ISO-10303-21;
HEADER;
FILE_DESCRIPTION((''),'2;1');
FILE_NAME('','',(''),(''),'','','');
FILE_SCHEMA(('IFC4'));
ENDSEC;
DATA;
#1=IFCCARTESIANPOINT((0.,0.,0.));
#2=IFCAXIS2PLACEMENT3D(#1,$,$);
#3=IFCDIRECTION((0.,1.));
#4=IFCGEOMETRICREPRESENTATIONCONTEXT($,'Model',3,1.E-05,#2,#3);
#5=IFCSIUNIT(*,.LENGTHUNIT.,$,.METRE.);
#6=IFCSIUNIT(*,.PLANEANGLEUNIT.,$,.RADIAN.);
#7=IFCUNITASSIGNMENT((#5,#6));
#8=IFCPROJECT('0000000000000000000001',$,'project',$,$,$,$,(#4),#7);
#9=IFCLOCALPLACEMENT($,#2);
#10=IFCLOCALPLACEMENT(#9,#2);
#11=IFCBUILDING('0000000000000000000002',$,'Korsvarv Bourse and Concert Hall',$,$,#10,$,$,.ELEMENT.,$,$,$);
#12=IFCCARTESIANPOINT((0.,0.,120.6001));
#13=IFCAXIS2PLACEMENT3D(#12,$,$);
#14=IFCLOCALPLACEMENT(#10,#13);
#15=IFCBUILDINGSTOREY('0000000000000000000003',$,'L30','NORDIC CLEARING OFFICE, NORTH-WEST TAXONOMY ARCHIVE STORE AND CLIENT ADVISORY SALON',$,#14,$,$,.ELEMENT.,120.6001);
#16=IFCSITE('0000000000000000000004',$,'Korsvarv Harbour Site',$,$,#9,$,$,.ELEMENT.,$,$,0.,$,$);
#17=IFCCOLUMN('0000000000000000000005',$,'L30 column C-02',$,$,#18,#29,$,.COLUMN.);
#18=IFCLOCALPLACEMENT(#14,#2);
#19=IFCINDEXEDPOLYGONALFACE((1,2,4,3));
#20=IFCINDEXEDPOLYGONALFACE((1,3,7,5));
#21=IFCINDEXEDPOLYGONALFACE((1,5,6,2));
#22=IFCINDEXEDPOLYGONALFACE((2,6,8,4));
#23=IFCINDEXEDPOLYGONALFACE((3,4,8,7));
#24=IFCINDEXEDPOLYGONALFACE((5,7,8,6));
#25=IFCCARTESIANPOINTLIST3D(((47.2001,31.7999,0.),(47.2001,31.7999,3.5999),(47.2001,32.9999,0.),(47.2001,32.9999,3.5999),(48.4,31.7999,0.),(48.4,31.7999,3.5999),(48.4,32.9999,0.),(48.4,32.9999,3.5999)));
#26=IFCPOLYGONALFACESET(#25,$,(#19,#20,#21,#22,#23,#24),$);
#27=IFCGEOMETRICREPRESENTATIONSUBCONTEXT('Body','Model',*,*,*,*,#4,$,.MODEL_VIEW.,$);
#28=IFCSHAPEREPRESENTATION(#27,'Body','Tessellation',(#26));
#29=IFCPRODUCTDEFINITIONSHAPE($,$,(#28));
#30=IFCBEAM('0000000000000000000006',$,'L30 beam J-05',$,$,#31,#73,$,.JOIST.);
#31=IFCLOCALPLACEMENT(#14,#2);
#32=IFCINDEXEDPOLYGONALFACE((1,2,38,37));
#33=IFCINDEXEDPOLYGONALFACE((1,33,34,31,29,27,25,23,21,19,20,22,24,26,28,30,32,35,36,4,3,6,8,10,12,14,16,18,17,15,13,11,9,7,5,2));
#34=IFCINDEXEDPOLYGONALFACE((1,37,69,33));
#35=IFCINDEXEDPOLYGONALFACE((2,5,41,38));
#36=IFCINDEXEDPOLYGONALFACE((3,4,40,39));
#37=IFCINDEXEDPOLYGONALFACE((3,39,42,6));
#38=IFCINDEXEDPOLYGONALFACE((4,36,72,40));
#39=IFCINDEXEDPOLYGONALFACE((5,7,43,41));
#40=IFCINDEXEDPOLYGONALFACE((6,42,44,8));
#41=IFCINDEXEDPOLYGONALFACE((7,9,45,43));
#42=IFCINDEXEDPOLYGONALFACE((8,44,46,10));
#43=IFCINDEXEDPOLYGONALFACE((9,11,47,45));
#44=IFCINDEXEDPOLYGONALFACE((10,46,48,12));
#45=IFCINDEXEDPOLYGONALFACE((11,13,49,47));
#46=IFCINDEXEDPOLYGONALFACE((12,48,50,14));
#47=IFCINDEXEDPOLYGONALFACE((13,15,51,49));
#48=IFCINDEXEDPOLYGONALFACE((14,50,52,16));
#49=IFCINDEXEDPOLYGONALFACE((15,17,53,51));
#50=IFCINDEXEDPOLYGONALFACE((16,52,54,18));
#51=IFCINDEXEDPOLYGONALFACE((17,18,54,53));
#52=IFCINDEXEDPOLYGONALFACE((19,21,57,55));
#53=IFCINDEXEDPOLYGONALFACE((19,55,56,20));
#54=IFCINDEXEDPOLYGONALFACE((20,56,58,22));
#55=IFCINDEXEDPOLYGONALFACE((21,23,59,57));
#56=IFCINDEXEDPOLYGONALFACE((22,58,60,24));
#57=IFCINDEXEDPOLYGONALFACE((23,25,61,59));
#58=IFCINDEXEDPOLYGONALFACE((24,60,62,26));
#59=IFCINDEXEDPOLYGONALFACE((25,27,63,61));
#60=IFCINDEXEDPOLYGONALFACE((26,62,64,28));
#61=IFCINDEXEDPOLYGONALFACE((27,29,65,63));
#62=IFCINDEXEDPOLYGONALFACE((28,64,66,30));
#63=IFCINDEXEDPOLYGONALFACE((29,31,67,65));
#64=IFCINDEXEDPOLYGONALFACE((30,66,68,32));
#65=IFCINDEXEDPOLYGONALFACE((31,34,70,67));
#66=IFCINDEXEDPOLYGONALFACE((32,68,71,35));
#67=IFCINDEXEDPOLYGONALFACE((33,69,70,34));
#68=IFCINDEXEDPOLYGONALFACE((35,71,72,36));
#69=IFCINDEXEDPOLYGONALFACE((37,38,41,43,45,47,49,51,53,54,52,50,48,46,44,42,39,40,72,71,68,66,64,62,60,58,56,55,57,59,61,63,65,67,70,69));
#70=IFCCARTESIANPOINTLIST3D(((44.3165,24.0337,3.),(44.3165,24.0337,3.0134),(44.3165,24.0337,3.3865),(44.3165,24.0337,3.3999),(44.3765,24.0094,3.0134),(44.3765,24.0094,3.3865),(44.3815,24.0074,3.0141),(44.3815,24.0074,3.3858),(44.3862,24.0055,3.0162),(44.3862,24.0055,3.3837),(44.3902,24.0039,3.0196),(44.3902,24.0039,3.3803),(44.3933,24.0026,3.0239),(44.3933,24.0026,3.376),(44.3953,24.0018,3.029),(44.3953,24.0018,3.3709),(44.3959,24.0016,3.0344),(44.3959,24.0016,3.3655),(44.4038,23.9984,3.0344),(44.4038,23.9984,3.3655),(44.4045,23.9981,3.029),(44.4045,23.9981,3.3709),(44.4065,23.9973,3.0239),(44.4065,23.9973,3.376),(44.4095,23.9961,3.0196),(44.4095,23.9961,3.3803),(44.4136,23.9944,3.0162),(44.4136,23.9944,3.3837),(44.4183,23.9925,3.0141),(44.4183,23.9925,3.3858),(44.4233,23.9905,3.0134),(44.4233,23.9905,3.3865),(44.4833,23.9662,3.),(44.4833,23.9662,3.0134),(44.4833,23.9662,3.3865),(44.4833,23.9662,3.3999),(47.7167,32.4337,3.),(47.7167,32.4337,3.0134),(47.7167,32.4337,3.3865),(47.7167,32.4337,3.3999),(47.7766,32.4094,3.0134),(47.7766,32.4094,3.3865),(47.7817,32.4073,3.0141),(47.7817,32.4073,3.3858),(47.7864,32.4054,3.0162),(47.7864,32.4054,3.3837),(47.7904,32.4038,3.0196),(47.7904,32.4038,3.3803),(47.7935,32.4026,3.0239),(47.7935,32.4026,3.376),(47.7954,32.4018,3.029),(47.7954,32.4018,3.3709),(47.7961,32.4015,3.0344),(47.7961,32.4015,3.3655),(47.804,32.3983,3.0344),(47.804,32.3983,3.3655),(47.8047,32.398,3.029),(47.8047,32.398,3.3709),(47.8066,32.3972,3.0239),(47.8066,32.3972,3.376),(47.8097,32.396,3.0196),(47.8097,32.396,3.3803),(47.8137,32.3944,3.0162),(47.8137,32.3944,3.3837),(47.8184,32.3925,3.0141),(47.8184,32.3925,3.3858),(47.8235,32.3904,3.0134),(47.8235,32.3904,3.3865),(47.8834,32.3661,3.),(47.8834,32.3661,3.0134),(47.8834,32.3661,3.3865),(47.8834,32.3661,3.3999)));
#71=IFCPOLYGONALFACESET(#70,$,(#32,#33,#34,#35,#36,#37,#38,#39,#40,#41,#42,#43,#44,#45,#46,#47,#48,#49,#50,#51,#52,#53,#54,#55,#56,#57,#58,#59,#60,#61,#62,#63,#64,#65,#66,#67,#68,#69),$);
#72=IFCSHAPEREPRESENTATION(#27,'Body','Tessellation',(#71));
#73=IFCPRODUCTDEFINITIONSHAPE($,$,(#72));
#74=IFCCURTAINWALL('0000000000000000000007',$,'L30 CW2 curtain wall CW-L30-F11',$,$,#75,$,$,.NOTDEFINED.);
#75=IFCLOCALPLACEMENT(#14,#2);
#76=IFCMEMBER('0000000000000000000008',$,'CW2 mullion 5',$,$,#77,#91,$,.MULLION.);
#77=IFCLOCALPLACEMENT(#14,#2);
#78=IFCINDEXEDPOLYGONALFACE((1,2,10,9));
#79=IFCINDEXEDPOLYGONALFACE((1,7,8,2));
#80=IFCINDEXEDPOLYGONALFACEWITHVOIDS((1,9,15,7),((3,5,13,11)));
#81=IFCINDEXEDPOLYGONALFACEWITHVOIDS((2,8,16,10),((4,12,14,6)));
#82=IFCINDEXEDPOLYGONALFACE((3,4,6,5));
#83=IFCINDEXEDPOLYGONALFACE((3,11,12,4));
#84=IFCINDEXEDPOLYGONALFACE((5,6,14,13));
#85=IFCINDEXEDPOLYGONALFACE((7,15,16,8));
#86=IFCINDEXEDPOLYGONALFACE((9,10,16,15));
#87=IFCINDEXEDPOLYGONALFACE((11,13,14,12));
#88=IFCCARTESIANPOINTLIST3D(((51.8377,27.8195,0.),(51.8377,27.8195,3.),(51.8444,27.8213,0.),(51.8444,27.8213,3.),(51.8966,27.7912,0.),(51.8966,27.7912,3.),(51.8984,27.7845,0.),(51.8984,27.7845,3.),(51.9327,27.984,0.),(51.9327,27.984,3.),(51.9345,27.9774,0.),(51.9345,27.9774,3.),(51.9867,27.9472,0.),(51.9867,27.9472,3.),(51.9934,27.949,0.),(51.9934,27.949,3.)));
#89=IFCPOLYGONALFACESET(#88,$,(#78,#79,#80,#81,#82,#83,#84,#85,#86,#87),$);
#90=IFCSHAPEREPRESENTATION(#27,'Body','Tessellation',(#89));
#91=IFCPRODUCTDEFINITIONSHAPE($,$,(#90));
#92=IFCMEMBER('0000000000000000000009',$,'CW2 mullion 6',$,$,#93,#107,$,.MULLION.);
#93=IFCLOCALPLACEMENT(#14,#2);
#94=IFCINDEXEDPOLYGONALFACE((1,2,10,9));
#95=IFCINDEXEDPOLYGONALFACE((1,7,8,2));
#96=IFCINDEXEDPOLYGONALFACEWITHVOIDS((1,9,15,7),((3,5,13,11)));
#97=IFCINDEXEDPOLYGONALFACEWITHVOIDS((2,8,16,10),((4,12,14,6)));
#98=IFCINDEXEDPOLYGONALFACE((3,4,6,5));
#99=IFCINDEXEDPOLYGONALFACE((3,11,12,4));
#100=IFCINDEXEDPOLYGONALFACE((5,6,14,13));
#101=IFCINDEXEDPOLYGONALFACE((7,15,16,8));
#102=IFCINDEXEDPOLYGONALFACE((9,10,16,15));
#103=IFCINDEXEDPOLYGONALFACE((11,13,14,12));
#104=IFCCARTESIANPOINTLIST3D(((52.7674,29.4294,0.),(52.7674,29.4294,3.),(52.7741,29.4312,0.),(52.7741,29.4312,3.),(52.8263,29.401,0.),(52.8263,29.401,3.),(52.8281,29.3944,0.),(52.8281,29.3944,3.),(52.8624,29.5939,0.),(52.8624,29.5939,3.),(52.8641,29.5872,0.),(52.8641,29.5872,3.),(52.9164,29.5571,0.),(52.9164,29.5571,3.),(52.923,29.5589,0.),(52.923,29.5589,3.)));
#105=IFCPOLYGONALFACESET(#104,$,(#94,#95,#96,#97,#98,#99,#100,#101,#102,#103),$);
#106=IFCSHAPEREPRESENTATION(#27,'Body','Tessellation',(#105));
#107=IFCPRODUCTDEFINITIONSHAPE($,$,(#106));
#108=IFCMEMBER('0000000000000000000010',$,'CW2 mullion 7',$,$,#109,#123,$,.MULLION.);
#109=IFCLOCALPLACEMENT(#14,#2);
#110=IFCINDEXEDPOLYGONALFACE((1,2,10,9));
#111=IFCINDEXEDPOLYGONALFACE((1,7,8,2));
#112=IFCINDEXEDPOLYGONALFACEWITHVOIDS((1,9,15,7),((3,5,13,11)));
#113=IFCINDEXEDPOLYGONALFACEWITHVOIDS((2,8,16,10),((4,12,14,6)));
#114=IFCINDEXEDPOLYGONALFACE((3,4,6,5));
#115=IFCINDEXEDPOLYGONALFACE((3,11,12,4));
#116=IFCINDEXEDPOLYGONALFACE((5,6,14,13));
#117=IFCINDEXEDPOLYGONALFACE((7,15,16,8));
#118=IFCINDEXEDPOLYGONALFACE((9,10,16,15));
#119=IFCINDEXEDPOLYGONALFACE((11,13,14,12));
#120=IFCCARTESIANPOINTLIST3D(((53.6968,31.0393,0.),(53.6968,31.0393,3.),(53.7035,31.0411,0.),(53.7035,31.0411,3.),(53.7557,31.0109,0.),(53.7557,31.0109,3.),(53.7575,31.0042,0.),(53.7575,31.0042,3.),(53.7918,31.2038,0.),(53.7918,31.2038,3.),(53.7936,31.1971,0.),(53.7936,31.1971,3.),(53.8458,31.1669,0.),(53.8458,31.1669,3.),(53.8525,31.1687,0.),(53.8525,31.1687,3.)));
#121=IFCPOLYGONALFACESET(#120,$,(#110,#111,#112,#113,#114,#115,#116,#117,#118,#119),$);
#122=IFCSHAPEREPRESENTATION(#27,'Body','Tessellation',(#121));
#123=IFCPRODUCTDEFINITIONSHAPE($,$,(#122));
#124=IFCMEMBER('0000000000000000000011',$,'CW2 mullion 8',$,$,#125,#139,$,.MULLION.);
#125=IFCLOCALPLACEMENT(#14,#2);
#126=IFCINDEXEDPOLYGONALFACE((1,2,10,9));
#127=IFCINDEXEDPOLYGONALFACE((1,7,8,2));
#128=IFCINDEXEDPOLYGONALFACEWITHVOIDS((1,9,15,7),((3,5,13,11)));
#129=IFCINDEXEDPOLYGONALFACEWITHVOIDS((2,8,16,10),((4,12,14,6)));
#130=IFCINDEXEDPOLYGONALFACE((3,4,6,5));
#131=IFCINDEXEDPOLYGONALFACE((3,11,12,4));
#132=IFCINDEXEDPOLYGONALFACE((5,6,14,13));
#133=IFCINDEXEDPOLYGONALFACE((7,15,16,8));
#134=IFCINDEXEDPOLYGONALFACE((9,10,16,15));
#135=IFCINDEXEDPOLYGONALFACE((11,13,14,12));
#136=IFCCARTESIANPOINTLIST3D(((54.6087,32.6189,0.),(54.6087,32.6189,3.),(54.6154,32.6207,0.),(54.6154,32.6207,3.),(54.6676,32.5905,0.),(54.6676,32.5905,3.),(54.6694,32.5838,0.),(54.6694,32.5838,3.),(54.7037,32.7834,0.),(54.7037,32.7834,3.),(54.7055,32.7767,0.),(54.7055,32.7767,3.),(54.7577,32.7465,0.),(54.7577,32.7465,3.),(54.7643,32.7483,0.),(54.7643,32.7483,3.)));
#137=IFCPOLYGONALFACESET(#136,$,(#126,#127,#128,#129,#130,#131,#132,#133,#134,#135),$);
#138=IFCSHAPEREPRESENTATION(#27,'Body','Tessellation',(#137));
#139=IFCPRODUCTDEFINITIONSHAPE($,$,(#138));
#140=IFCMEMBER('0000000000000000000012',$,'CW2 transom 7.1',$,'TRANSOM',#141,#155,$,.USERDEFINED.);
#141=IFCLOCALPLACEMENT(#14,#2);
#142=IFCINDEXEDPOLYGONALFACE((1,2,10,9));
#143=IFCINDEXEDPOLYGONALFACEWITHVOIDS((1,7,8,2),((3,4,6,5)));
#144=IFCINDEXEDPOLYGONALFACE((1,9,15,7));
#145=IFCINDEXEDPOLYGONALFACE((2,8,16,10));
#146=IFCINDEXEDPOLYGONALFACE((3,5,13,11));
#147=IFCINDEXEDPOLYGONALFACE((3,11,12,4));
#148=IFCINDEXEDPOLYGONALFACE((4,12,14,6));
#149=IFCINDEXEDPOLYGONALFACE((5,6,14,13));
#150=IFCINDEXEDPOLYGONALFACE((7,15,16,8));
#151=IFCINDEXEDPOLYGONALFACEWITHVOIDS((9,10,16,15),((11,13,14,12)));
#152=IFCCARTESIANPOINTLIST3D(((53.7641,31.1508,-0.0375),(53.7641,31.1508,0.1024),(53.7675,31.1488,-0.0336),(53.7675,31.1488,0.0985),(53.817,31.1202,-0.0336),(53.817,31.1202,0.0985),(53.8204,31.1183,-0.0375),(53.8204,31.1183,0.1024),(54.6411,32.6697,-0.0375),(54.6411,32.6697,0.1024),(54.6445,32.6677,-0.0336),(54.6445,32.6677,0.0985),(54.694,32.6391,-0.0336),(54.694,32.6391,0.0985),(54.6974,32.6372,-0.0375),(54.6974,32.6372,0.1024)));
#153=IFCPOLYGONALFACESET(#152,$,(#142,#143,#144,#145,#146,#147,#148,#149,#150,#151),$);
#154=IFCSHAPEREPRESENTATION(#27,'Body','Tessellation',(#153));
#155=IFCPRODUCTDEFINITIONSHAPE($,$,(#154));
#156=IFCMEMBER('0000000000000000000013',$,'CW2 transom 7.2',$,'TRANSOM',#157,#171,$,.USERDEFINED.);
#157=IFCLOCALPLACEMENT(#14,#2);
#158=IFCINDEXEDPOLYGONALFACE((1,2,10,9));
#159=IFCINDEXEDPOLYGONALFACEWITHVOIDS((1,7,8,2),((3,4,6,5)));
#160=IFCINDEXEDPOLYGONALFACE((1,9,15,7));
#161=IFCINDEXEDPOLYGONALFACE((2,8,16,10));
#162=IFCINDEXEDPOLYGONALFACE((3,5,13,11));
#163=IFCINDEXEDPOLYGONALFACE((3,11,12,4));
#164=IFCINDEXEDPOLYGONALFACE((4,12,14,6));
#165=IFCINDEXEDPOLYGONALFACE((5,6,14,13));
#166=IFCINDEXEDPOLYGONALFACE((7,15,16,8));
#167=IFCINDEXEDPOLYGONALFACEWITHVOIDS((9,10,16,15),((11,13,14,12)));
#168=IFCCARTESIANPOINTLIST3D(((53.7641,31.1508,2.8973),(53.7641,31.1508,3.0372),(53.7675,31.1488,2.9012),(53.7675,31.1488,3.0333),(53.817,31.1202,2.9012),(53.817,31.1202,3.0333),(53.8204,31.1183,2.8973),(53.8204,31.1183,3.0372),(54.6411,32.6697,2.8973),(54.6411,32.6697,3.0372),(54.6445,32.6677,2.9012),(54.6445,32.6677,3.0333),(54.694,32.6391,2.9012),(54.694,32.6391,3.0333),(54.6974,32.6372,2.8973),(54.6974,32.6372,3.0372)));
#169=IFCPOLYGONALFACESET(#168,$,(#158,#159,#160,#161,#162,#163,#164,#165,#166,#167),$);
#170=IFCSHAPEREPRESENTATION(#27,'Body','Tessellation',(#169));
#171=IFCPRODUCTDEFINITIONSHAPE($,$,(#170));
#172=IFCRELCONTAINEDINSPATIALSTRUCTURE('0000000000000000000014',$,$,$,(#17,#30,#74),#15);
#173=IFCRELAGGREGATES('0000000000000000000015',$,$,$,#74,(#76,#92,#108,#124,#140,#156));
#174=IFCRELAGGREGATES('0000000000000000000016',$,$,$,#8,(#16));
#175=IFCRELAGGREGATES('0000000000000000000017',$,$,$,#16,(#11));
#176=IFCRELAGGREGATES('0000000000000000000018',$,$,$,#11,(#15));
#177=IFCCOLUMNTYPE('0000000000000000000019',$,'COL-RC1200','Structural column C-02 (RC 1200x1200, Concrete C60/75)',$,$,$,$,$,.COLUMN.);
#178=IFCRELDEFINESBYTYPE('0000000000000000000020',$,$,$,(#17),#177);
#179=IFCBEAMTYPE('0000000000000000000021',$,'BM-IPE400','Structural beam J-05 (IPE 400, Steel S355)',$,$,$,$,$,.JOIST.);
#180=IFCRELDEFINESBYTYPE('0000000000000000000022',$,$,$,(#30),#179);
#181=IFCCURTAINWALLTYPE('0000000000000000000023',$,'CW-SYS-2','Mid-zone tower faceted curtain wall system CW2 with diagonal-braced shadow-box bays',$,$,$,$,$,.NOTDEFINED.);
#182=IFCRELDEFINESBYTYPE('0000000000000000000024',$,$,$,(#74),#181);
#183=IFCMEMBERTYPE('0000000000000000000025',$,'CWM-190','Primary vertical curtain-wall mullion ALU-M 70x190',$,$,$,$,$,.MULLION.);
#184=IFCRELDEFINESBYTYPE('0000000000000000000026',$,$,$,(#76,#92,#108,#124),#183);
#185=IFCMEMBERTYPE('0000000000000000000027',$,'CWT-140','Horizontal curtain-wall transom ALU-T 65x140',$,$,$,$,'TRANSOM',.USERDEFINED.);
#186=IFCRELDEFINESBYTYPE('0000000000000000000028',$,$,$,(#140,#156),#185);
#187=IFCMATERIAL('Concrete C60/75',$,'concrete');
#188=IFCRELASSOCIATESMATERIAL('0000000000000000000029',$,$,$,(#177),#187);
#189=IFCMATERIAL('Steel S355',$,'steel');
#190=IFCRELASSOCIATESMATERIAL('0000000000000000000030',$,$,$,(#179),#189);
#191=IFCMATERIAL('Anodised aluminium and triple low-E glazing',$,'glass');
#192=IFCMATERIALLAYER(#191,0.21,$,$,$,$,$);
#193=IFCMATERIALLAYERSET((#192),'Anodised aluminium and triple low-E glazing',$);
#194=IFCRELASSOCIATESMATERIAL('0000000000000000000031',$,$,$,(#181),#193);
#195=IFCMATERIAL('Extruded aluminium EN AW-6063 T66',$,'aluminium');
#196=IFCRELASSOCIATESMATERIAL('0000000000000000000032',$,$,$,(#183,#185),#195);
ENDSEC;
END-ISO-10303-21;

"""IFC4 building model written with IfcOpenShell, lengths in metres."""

from ifc_helpers import new_model, si_unit, direction, frame, origin, origin_2d, place, context, subcontext, project, spatial, rectangle, hollow_rectangle, i_section, extrude, source, transform, mapped, material, layer, layer_set, material_profile, profile_set, type_object, element, aggregate, save


model = new_model("IFC4")

# Units and contexts
model_context = context("Model", 3, precision=1e-05, world=origin(), true_north=direction((0.0, 1.0)))
body_context = subcontext(model_context, "Body", "Model", "MODEL_VIEW")
ifc_project = project(units=[si_unit("LENGTHUNIT", "METRE"), si_unit("PLANEANGLEUNIT", "RADIAN")], contexts=[model_context])

# Site, building, storey
site_placement = place(None, origin())
site = spatial("IfcSite", under=ifc_project, at=site_placement, Name="Korsvarv Harbour Site", CompositionType="ELEMENT", RefElevation=0.0)
building_placement = place(site_placement, origin())
building = spatial("IfcBuilding", under=site, at=building_placement, Name="Korsvarv Bourse and Concert Hall", CompositionType="ELEMENT")
storey_placement = place(building_placement, frame((0.0, 0.0, 120.6001)))
storey = spatial("IfcBuildingStorey", under=building, at=storey_placement, Name="L30", Description="NORDIC CLEARING OFFICE, NORTH-WEST TAXONOMY ARCHIVE STORE AND CLIENT ADVISORY SALON", CompositionType="ELEMENT", Elevation=120.6001)

# Column
ifc_material_1 = material(Name="Concrete C60/75", Category="concrete")
ifc_material_profile_1 = material_profile(ifc_material_1, rectangle(XDim=1.2, YDim=1.2, at=origin_2d()), Name="RC 1200x1200")
ifc_profile_set_1 = profile_set([ifc_material_profile_1], Name="Concrete C60/75")
column_type = type_object("IfcColumnType", Name="COL-RC1200", Description="Structural column C-02 (RC 1200x1200, Concrete C60/75)", PredefinedType="COLUMN", material=ifc_profile_set_1)
shared_shape_1 = source(origin(), body_context, "Body", "SweptSolid", [
    extrude(rectangle(XDim=1.2, YDim=1.2, at=origin_2d()), origin(), (0.0, 0.0, 1.0), 3.5999),
])
column_placement = place(storey_placement, frame((47.8, 32.3999, 0.0), z_axis=(0.0, 0.0, 1.0), x_axis=(1.0, 0.0, 0.0)))
element("IfcColumn", 1, at=column_placement, inside=storey, type_object=column_type, Name="L30 column C-02", PredefinedType="COLUMN", context=body_context, shape_type="MappedRepresentation", body=[
    mapped(shared_shape_1, transform((0.0, 0.0, 0.0), scale=1.0)),
])

# Beam
ifc_material_2 = material(Name="Steel S355", Category="steel")
ifc_material_profile_2 = material_profile(ifc_material_2, i_section(OverallWidth=0.1799, OverallDepth=0.3999, WebThickness=0.0085, FlangeThickness=0.0134, FilletRadius=0.021, at=origin_2d()), Name="IPE 400")
ifc_profile_set_2 = profile_set([ifc_material_profile_2], Name="Steel S355")
beam_type = type_object("IfcBeamType", Name="BM-IPE400", Description="Structural beam J-05 (IPE 400, Steel S355)", PredefinedType="JOIST", material=ifc_profile_set_2)
shared_shape_2 = source(origin(), body_context, "Body", "SweptSolid", [
    extrude(i_section(OverallWidth=0.1799, OverallDepth=0.3999, WebThickness=0.0085, FlangeThickness=0.0134, FilletRadius=0.021, at=origin_2d()), origin(), (0.0, 0.0, 1.0), 9.062),
])
beam_placement = place(storey_placement, frame((47.8, 32.3999, 3.2), z_axis=(-0.37521, -0.92694, 0.0), x_axis=(0.92694, -0.37521, 0.0)))
element("IfcBeam", 2, at=beam_placement, inside=storey, type_object=beam_type, Name="L30 beam J-05", PredefinedType="JOIST", context=body_context, shape_type="MappedRepresentation", body=[
    mapped(shared_shape_2, transform((0.0, 0.0, 0.0), scale=1.0)),
])

# Curtain wall, members
ifc_material_3 = material(Name="Anodised aluminium and triple low-E glazing", Category="glass")
ifc_layer_1 = layer(ifc_material_3, 0.21)
ifc_layer_set_1 = layer_set([ifc_layer_1], Name="Anodised aluminium and triple low-E glazing")
curtain_wall_type = type_object("IfcCurtainWallType", Name="CW-SYS-2", Description="Mid-zone tower faceted curtain wall system CW2 with diagonal-braced shadow-box bays", PredefinedType="NOTDEFINED", material=ifc_layer_set_1)
curtain_wall_placement = place(storey_placement, origin())
curtain_wall = element("IfcCurtainWall", 3, at=curtain_wall_placement, inside=storey, type_object=curtain_wall_type, Name="L30 CW2 curtain wall CW-L30-F11", PredefinedType="NOTDEFINED")
ifc_material_4 = material(Name="Extruded aluminium EN AW-6063 T66", Category="aluminium")
ifc_material_profile_3 = material_profile(ifc_material_4, hollow_rectangle(XDim=0.0701, YDim=0.1899, WallThickness=0.0049, at=origin_2d()), Name="ALU-M 70x190")
ifc_profile_set_3 = profile_set([ifc_material_profile_3], Name="Extruded aluminium EN AW-6063 T66")
member_type_1 = type_object("IfcMemberType", Name="CWM-190", Description="Primary vertical curtain-wall mullion ALU-M 70x190", PredefinedType="MULLION", material=ifc_profile_set_3)
shared_shape_3 = source(origin(), body_context, "Body", "SweptSolid", [
    extrude(hollow_rectangle(XDim=0.0701, YDim=0.1899, WallThickness=0.0049, at=origin_2d()), origin(), (0.0, 0.0, 1.0), 3.0),
])
member_1_placement = place(storey_placement, frame((51.9155, 27.8843, 0.0), z_axis=(0.0, 0.0, 1.0), x_axis=(-0.866021, 0.500007, 0.0)))
member_1 = element("IfcMember", 4, at=member_1_placement, type_object=member_type_1, Name="CW2 mullion 5", PredefinedType="MULLION", context=body_context, shape_type="MappedRepresentation", body=[
    mapped(shared_shape_3, transform((0.0, 0.0, 0.0), scale=1.0)),
])
member_2_placement = place(storey_placement, frame((52.8452, 29.4941, 0.0), z_axis=(0.0, 0.0, 1.0), x_axis=(-0.866021, 0.500007, 0.0)))
member_2 = element("IfcMember", 5, at=member_2_placement, type_object=member_type_1, Name="CW2 mullion 6", PredefinedType="MULLION", context=body_context, shape_type="MappedRepresentation", body=[
    mapped(shared_shape_3, transform((0.0, 0.0, 0.0), scale=1.0)),
])
member_3_placement = place(storey_placement, frame((53.7747, 31.104, 0.0), z_axis=(0.0, 0.0, 1.0), x_axis=(-0.866021, 0.500007, 0.0)))
member_3 = element("IfcMember", 6, at=member_3_placement, type_object=member_type_1, Name="CW2 mullion 7", PredefinedType="MULLION", context=body_context, shape_type="MappedRepresentation", body=[
    mapped(shared_shape_3, transform((0.0, 0.0, 0.0), scale=1.0)),
])
member_4_placement = place(storey_placement, frame((54.6865, 32.6836, 0.0), z_axis=(0.0, 0.0, 1.0), x_axis=(-0.866021, 0.500007, 0.0)))
member_4 = element("IfcMember", 7, at=member_4_placement, type_object=member_type_1, Name="CW2 mullion 8", PredefinedType="MULLION", context=body_context, shape_type="MappedRepresentation", body=[
    mapped(shared_shape_3, transform((0.0, 0.0, 0.0), scale=1.0)),
])
ifc_material_profile_4 = material_profile(ifc_material_4, hollow_rectangle(XDim=0.0649, YDim=0.1399, WallThickness=0.0039, at=origin_2d()), Name="ALU-T 65x140")
ifc_profile_set_4 = profile_set([ifc_material_profile_4], Name="Extruded aluminium EN AW-6063 T66")
member_type_2 = type_object("IfcMemberType", Name="CWT-140", Description="Horizontal curtain-wall transom ALU-T 65x140", ElementType="TRANSOM", PredefinedType="USERDEFINED", material=ifc_profile_set_4)
shared_shape_4 = source(origin(), body_context, "Body", "SweptSolid", [
    extrude(hollow_rectangle(XDim=0.0649, YDim=0.1399, WallThickness=0.0039, at=origin_2d()), origin(), (0.0, 0.0, 1.0), 1.7539),
])
member_5_placement = place(storey_placement, frame((53.7922, 31.1345, 0.0325), z_axis=(0.500032, 0.866007, 0.0), x_axis=(-0.866007, 0.500032, 0.0)))
member_5 = element("IfcMember", 8, at=member_5_placement, type_object=member_type_2, Name="CW2 transom 7.1", ObjectType="TRANSOM", PredefinedType="USERDEFINED", context=body_context, shape_type="MappedRepresentation", body=[
    mapped(shared_shape_4, transform((0.0, 0.0, 0.0), scale=1.0)),
])
member_6_placement = place(storey_placement, frame((53.7922, 31.1345, 2.9673), z_axis=(0.500032, 0.866007, 0.0), x_axis=(-0.866007, 0.500032, 0.0)))
member_6 = element("IfcMember", 9, at=member_6_placement, type_object=member_type_2, Name="CW2 transom 7.2", ObjectType="TRANSOM", PredefinedType="USERDEFINED", context=body_context, shape_type="MappedRepresentation", body=[
    mapped(shared_shape_4, transform((0.0, 0.0, 0.0), scale=1.0)),
])
aggregate(curtain_wall, [member_1, member_2, member_3, member_4, member_5, member_6])

save(model, "model.ifc")
